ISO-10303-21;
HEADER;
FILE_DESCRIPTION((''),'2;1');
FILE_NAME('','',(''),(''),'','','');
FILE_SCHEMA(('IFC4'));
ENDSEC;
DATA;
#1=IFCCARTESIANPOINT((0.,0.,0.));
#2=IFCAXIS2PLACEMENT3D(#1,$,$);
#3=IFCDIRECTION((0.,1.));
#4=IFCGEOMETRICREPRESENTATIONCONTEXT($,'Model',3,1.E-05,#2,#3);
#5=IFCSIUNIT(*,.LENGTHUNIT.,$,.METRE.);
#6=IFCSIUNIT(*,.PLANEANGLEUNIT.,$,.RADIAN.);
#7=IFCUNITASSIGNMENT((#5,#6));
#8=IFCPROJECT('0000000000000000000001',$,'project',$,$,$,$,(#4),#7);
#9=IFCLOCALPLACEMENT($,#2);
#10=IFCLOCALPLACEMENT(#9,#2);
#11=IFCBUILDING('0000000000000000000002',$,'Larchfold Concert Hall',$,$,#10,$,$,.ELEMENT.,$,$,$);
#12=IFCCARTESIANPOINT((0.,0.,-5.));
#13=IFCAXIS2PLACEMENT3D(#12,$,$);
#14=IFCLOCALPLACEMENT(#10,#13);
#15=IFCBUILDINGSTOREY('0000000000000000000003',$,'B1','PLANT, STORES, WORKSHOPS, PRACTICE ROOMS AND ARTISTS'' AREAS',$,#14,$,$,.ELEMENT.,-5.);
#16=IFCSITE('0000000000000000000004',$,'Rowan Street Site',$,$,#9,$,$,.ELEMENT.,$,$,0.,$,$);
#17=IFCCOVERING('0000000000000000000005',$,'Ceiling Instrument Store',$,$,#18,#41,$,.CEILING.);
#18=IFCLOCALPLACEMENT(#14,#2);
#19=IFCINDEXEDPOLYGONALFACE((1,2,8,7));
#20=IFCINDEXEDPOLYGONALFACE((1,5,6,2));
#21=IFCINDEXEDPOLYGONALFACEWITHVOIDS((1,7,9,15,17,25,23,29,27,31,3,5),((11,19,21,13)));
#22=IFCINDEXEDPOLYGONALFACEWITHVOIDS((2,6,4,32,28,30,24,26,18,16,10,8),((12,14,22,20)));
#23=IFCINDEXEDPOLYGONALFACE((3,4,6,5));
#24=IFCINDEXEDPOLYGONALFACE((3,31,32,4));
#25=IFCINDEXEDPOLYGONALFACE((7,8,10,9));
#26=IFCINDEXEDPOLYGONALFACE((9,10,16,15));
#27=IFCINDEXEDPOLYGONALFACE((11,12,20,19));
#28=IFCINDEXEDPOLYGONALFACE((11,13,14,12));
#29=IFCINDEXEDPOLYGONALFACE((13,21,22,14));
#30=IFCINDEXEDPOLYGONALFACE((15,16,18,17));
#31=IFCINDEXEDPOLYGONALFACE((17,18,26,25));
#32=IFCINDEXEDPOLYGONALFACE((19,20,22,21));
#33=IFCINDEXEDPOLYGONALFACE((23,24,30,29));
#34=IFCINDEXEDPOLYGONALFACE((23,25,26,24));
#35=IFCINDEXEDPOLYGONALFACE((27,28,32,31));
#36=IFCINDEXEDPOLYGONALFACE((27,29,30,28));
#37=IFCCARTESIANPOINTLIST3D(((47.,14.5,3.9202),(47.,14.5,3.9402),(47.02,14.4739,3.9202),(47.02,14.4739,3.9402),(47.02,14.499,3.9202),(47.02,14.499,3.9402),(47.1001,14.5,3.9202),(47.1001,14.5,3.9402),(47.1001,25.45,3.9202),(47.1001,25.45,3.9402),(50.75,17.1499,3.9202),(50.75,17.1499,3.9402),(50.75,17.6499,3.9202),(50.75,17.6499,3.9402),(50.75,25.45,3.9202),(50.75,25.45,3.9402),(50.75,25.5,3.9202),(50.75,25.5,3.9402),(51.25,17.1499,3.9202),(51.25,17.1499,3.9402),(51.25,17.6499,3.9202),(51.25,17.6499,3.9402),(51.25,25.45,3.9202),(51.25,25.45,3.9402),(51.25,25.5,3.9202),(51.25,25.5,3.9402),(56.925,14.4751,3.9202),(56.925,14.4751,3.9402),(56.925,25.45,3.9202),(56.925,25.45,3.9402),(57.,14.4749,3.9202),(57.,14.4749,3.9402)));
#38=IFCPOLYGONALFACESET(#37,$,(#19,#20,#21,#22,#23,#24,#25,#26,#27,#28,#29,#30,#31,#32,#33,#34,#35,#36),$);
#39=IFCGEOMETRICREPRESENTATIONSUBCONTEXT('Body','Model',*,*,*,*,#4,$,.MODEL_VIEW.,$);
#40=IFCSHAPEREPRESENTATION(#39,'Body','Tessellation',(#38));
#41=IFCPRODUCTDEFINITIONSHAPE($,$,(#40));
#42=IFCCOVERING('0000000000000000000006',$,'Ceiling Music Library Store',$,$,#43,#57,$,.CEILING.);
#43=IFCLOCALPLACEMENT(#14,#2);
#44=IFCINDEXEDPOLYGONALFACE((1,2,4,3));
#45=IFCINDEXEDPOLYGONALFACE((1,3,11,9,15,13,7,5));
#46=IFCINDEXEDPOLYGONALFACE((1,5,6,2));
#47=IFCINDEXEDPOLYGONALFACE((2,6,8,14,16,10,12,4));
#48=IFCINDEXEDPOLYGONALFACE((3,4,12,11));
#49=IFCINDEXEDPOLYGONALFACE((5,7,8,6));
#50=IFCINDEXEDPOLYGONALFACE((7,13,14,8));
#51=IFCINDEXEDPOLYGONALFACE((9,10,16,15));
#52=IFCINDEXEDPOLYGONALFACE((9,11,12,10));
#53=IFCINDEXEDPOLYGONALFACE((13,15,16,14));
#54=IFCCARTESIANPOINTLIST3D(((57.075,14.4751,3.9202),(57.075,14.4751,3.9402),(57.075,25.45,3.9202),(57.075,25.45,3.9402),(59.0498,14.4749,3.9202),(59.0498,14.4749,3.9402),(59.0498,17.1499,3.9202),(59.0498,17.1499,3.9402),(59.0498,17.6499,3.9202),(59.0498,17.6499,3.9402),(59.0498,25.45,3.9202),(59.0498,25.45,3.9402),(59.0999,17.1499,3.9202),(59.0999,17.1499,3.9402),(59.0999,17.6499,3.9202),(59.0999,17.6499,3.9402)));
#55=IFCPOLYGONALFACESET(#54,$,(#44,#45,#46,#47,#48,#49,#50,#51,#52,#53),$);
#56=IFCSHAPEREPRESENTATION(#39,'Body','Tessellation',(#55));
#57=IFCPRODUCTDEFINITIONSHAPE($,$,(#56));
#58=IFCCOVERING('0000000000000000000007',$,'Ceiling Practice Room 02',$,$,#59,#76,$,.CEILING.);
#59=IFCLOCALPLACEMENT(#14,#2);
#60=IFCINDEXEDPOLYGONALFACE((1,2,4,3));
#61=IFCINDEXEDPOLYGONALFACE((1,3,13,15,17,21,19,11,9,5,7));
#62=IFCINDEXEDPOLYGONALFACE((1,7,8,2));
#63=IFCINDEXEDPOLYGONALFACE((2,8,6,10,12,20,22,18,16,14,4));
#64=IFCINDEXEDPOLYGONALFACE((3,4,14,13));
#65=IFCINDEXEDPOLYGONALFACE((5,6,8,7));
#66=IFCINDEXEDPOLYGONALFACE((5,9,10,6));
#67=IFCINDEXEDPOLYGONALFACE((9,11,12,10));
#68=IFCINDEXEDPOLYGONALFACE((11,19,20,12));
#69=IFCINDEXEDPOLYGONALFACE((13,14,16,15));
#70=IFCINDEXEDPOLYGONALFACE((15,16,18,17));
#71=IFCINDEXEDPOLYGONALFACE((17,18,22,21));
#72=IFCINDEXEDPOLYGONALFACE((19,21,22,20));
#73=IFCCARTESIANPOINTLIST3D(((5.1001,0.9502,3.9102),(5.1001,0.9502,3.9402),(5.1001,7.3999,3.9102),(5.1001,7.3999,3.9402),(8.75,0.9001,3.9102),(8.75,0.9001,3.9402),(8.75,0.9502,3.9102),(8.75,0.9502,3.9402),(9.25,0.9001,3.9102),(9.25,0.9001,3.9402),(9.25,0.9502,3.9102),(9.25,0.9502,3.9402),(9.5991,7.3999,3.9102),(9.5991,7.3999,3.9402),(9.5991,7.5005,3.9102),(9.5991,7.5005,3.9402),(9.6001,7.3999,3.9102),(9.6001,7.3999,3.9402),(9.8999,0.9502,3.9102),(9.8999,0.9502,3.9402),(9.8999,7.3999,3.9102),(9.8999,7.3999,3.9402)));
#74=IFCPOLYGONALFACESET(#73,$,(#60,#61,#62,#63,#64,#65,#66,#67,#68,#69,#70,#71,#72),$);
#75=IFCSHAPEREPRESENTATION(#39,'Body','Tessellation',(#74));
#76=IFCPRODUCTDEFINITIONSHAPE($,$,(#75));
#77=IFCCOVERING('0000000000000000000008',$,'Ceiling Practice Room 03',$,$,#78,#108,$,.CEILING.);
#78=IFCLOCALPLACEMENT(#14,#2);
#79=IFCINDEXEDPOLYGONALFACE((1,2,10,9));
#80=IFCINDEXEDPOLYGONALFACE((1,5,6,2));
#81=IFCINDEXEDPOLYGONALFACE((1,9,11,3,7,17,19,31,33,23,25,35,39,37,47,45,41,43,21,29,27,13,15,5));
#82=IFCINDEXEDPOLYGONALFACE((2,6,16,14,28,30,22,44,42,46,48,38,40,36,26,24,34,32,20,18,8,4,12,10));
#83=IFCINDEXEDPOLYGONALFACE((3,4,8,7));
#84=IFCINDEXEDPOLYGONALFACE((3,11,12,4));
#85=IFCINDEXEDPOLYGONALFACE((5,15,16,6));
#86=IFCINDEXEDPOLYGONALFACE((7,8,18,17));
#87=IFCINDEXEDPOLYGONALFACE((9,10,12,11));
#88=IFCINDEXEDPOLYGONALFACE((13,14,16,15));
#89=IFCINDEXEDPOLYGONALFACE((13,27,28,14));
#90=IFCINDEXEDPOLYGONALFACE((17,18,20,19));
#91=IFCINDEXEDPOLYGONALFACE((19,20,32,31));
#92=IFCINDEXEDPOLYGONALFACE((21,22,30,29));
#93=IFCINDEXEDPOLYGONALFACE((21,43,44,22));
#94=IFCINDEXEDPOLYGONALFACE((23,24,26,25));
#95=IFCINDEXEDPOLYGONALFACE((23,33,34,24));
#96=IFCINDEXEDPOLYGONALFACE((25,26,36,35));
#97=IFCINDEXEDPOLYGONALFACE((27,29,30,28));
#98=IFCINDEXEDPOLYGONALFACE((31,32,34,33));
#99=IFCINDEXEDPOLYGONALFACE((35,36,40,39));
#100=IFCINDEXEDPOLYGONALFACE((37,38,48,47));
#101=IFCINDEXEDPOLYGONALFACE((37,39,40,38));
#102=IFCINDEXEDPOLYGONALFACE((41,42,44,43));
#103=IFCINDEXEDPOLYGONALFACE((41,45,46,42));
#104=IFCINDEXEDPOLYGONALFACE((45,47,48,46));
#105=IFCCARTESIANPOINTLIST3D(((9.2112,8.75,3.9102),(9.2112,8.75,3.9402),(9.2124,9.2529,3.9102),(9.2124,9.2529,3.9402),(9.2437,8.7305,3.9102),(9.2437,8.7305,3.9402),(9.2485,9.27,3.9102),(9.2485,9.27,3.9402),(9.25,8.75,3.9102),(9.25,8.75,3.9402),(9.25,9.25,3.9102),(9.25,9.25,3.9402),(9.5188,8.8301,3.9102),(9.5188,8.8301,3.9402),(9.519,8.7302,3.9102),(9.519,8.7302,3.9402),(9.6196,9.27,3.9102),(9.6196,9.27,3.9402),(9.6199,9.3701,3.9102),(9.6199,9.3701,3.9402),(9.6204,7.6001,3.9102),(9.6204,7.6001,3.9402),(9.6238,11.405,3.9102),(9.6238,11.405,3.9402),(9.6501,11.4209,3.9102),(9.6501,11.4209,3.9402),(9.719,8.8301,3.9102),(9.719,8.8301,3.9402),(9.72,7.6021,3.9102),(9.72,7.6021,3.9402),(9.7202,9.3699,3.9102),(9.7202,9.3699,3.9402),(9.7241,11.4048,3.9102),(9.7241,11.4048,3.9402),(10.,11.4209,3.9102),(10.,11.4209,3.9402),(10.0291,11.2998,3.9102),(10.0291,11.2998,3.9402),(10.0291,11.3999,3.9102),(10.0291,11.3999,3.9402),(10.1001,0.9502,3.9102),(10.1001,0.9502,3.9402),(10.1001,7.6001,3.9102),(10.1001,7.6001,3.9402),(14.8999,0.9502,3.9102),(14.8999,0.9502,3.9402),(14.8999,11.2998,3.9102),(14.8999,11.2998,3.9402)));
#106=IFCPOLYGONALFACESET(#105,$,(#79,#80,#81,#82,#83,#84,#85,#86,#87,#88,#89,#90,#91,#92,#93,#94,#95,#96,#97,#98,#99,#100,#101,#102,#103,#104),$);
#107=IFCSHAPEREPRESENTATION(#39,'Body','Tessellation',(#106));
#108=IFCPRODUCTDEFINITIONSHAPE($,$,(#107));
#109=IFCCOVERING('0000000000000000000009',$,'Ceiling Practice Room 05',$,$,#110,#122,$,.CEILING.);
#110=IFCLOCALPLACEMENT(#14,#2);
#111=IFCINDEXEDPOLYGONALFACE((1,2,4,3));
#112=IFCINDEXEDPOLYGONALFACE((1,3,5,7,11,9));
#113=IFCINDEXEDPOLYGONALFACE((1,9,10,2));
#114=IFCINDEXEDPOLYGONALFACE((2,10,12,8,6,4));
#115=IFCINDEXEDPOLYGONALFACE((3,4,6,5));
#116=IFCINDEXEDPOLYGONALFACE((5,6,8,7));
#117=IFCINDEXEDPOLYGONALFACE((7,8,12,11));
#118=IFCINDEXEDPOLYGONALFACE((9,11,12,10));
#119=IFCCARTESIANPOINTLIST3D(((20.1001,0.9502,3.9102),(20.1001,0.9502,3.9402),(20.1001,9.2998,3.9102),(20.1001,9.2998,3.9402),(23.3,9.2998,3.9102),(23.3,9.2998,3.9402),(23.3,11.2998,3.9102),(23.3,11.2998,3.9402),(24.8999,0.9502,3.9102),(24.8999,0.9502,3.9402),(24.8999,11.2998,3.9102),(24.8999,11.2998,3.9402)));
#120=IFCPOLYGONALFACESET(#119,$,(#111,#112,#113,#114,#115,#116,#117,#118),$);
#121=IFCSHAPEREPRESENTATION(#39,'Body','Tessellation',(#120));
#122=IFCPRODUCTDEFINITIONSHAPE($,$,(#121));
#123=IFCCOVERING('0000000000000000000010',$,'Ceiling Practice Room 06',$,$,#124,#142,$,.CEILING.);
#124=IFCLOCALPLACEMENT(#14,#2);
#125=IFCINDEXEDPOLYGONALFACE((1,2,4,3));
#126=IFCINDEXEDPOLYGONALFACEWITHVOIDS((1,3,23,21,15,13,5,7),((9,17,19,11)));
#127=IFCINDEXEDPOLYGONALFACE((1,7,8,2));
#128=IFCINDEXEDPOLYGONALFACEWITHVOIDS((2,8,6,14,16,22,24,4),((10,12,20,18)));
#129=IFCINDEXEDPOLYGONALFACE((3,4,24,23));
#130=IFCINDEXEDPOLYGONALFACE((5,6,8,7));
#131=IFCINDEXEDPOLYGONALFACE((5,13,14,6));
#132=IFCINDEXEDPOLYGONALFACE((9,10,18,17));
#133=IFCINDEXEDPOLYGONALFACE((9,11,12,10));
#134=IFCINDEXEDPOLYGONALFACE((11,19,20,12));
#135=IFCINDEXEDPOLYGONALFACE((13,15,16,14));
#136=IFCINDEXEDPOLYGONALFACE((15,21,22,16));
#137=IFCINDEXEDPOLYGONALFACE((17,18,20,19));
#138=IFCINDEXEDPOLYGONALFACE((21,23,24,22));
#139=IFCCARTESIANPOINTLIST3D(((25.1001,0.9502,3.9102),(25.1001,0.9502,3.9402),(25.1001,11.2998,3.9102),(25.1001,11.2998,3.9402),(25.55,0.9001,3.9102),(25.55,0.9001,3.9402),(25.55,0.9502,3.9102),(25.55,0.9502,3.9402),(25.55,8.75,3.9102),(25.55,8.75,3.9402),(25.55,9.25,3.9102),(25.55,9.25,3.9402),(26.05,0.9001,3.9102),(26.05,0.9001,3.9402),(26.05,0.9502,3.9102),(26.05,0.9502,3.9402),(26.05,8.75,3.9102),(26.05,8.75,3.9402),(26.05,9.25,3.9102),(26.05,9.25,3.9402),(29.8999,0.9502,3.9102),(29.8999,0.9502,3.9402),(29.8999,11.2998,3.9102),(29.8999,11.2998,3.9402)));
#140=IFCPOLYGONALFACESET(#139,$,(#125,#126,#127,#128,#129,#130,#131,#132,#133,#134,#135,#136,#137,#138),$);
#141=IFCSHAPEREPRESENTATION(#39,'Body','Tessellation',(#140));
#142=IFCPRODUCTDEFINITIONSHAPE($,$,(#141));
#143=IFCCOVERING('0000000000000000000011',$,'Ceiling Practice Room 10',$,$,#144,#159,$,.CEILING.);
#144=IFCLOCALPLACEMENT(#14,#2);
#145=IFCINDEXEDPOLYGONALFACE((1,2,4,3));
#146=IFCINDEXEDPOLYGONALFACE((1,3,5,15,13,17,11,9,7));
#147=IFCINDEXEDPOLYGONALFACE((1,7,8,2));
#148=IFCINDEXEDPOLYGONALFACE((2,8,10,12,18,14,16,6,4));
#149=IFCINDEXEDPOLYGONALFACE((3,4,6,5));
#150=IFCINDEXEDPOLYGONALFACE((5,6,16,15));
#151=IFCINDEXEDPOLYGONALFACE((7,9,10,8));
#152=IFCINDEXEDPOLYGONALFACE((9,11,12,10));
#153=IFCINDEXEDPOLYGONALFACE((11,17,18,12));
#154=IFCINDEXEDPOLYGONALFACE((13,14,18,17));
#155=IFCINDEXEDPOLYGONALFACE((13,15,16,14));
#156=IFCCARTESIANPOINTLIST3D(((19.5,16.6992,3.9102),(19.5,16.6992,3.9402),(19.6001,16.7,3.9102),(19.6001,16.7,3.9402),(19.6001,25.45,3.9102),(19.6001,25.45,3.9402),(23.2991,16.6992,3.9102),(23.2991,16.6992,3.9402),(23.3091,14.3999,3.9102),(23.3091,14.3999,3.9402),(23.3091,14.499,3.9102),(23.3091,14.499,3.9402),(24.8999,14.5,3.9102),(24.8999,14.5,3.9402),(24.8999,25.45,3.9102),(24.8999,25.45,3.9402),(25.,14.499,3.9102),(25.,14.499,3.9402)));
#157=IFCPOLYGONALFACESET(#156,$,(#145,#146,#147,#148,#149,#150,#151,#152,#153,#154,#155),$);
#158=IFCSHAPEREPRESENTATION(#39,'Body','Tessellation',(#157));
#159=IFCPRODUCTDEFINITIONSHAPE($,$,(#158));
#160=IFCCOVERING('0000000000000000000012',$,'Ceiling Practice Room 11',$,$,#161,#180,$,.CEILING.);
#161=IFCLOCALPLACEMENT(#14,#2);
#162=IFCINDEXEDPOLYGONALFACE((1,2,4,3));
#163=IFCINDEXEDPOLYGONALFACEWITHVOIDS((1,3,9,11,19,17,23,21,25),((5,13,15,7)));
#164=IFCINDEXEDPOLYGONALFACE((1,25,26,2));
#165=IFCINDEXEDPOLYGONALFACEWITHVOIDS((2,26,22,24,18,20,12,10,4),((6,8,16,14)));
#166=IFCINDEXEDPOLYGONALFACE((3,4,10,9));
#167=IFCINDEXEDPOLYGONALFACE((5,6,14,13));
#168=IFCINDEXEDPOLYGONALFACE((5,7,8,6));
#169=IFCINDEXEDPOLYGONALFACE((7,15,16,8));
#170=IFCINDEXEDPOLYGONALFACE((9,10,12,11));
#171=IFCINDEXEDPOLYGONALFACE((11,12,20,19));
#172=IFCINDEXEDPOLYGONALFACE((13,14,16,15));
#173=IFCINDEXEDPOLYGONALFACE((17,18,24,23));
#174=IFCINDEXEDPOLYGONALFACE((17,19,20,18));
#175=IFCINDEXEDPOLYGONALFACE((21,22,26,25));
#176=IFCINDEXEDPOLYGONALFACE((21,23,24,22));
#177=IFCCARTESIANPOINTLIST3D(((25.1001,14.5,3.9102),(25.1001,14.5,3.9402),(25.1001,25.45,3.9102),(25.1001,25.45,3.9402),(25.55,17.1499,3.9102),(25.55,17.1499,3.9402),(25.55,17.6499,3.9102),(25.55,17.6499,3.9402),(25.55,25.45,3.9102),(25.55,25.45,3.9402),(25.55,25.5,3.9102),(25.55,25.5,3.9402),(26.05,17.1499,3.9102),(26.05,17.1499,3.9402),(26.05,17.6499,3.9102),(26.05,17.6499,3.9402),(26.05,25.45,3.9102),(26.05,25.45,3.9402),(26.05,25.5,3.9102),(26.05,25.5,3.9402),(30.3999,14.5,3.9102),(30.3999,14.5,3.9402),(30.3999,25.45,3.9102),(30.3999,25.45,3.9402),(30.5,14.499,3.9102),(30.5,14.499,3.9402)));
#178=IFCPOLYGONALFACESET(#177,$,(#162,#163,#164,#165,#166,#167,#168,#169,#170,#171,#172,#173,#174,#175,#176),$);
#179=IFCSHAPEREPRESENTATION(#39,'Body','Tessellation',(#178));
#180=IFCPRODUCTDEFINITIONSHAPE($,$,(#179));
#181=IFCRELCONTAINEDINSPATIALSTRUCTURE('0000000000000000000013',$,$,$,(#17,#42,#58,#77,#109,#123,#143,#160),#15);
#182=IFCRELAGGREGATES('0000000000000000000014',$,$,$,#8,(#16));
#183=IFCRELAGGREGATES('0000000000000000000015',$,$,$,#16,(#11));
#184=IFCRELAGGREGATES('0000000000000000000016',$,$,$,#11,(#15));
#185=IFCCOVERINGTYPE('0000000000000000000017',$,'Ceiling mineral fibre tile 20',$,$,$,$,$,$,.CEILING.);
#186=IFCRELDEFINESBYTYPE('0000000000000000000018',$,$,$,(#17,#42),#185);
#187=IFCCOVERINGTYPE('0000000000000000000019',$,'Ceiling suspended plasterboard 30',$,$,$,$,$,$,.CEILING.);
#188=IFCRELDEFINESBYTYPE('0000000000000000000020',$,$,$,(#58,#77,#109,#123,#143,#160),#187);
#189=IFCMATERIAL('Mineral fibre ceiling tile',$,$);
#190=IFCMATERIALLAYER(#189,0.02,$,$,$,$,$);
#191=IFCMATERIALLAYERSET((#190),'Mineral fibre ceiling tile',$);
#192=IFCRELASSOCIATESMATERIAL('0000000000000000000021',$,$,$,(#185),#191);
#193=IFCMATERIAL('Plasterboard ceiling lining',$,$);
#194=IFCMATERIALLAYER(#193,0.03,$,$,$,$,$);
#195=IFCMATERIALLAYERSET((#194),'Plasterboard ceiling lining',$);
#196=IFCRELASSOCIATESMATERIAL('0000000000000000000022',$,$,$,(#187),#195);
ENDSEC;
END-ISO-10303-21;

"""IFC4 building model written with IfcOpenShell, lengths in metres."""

from ifc_helpers import new_model, si_unit, direction, frame, origin, place, context, subcontext, project, spatial, polyline, outline, extrude, material, layer, layer_set, type_object, element, save


model = new_model("IFC4")

# Units and contexts
model_context = context("Model", 3, precision=1e-05, world=origin(), true_north=direction((0.0, 1.0)))
body_context = subcontext(model_context, "Body", "Model", "MODEL_VIEW")
ifc_project = project(units=[si_unit("LENGTHUNIT", "METRE"), si_unit("PLANEANGLEUNIT", "RADIAN")], contexts=[model_context])

# Site, building, storey
site_placement = place(None, origin())
site = spatial("IfcSite", under=ifc_project, at=site_placement, Name="Rowan Street Site", CompositionType="ELEMENT", RefElevation=0.0)
building_placement = place(site_placement, origin())
building = spatial("IfcBuilding", under=site, at=building_placement, Name="Larchfold Concert Hall", CompositionType="ELEMENT")
storey_placement = place(building_placement, frame((0.0, 0.0, -5.0)))
storey = spatial("IfcBuildingStorey", under=building, at=storey_placement, Name="B1", Description="PLANT, STORES, WORKSHOPS, PRACTICE ROOMS AND ARTISTS' AREAS", CompositionType="ELEMENT", Elevation=-5.0)

# Coverings
ifc_material_1 = material(Name="Mineral fibre ceiling tile")
ifc_layer_1 = layer(ifc_material_1, 0.02)
ifc_layer_set_1 = layer_set([ifc_layer_1], Name="Mineral fibre ceiling tile")
covering_type_1 = type_object("IfcCoveringType", Name="Ceiling mineral fibre tile 20", PredefinedType="CEILING", material=ifc_layer_set_1)
covering_1_placement = place(storey_placement, frame((0.0, 0.0, 3.9202)))
element("IfcCovering", 1, at=covering_1_placement, inside=storey, type_object=covering_type_1, Name="Ceiling Instrument Store", PredefinedType="CEILING", context=body_context, shape_type="SweptSolid", body=[
    extrude(outline(polyline([(47.0, 14.5), (47.02, 14.499), (47.02, 14.4739), (57.0, 14.4749), (56.925, 14.4751), (56.925, 25.45), (51.25, 25.45), (51.25, 25.5), (50.75, 25.5), (50.75, 25.45), (47.1001, 25.45), (47.1001, 14.5), (47.0, 14.5)]), holes=[polyline([(50.75, 17.6499), (51.25, 17.6499), (51.25, 17.1499), (50.75, 17.1499), (50.75, 17.6499)])]), origin(), (0.0, 0.0, 1.0), 0.02),
])
covering_2_placement = place(storey_placement, frame((0.0, 0.0, 3.9202)))
element("IfcCovering", 2, at=covering_2_placement, inside=storey, type_object=covering_type_1, Name="Ceiling Music Library Store", PredefinedType="CEILING", context=body_context, shape_type="SweptSolid", body=[
    extrude(outline(polyline([(57.0, 14.4751), (59.0498, 14.4749), (59.0498, 17.1499), (59.0999, 17.1499), (59.0999, 17.6499), (59.0498, 17.6499), (59.0498, 25.45), (57.075, 25.45), (57.075, 14.4751), (57.0, 14.4751)])), origin(), (0.0, 0.0, 1.0), 0.02),
])
ifc_material_2 = material(Name="Plasterboard ceiling lining")
ifc_layer_2 = layer(ifc_material_2, 0.03)
ifc_layer_set_2 = layer_set([ifc_layer_2], Name="Plasterboard ceiling lining")
covering_type_2 = type_object("IfcCoveringType", Name="Ceiling suspended plasterboard 30", PredefinedType="CEILING", material=ifc_layer_set_2)
covering_3_placement = place(storey_placement, frame((0.0, 0.0, 3.9102)))
element("IfcCovering", 3, at=covering_3_placement, inside=storey, type_object=covering_type_2, Name="Ceiling Practice Room 02", PredefinedType="CEILING", context=body_context, shape_type="SweptSolid", body=[
    extrude(outline(polyline([(5.1001, 7.3999), (5.1001, 0.9502), (8.75, 0.9502), (8.75, 0.9001), (9.25, 0.9001), (9.25, 0.9502), (9.8999, 0.9502), (9.8999, 7.3999), (9.6001, 7.3999), (9.5991, 7.5005), (9.5991, 7.3999), (5.1001, 7.3999)])), origin(), (0.0, 0.0, 1.0), 0.03),
])
covering_4_placement = place(storey_placement, frame((0.0, 0.0, 3.9102)))
element("IfcCovering", 4, at=covering_4_placement, inside=storey, type_object=covering_type_2, Name="Ceiling Practice Room 03", PredefinedType="CEILING", context=body_context, shape_type="SweptSolid", body=[
    extrude(outline(polyline([(9.6204, 7.6001), (10.1001, 7.6001), (10.1001, 0.9502), (14.8999, 0.9502), (14.8999, 11.2998), (10.0291, 11.2998), (10.0291, 11.3999), (10.0, 11.4209), (9.6501, 11.4209), (9.6238, 11.405), (9.7241, 11.4048), (9.7202, 9.3699), (9.6199, 9.3701), (9.6196, 9.27), (9.2485, 9.27), (9.2124, 9.2529), (9.25, 9.25), (9.25, 8.75), (9.2112, 8.75), (9.2437, 8.7305), (9.519, 8.7302), (9.5188, 8.8301), (9.719, 8.8301), (9.72, 7.6021), (9.6204, 7.6001)])), origin(), (0.0, 0.0, 1.0), 0.03),
])
covering_5_placement = place(storey_placement, frame((0.0, 0.0, 3.9102)))
element("IfcCovering", 5, at=covering_5_placement, inside=storey, type_object=covering_type_2, Name="Ceiling Practice Room 05", PredefinedType="CEILING", context=body_context, shape_type="SweptSolid", body=[
    extrude(outline(polyline([(23.3, 9.2998), (20.1001, 9.2998), (20.1001, 0.9502), (24.8999, 0.9502), (24.8999, 11.2998), (23.3, 11.2998), (23.3, 9.2998)])), origin(), (0.0, 0.0, 1.0), 0.03),
])
covering_6_placement = place(storey_placement, frame((0.0, 0.0, 3.9102)))
element("IfcCovering", 6, at=covering_6_placement, inside=storey, type_object=covering_type_2, Name="Ceiling Practice Room 06", PredefinedType="CEILING", context=body_context, shape_type="SweptSolid", body=[
    extrude(outline(polyline([(25.55, 0.9001), (26.05, 0.9001), (26.05, 0.9502), (29.8999, 0.9502), (29.8999, 11.2998), (25.1001, 11.2998), (25.1001, 0.9502), (25.55, 0.9502), (25.55, 0.9001)]), holes=[polyline([(26.05, 9.25), (26.05, 8.75), (25.55, 8.75), (25.55, 9.25), (26.05, 9.25)])]), origin(), (0.0, 0.0, 1.0), 0.03),
])
covering_7_placement = place(storey_placement, frame((0.0, 0.0, 3.9102)))
element("IfcCovering", 7, at=covering_7_placement, inside=storey, type_object=covering_type_2, Name="Ceiling Practice Room 10", PredefinedType="CEILING", context=body_context, shape_type="SweptSolid", body=[
    extrude(outline(polyline([(19.6001, 25.45), (19.6001, 16.7), (19.5, 16.6992), (23.2991, 16.6992), (23.3091, 14.3999), (23.3091, 14.499), (25.0, 14.499), (24.8999, 14.5), (24.8999, 25.45), (19.6001, 25.45)])), origin(), (0.0, 0.0, 1.0), 0.03),
])
covering_8_placement = place(storey_placement, frame((0.0, 0.0, 3.9102)))
element("IfcCovering", 8, at=covering_8_placement, inside=storey, type_object=covering_type_2, Name="Ceiling Practice Room 11", PredefinedType="CEILING", context=body_context, shape_type="SweptSolid", body=[
    extrude(outline(polyline([(25.0, 14.5), (30.5, 14.499), (30.3999, 14.5), (30.3999, 25.45), (26.05, 25.45), (26.05, 25.5), (25.55, 25.5), (25.55, 25.45), (25.1001, 25.45), (25.1001, 14.5), (25.0, 14.5)]), holes=[polyline([(25.55, 17.6499), (26.05, 17.6499), (26.05, 17.1499), (25.55, 17.1499), (25.55, 17.6499)])]), origin(), (0.0, 0.0, 1.0), 0.03),
])

save(model, "model.ifc")
